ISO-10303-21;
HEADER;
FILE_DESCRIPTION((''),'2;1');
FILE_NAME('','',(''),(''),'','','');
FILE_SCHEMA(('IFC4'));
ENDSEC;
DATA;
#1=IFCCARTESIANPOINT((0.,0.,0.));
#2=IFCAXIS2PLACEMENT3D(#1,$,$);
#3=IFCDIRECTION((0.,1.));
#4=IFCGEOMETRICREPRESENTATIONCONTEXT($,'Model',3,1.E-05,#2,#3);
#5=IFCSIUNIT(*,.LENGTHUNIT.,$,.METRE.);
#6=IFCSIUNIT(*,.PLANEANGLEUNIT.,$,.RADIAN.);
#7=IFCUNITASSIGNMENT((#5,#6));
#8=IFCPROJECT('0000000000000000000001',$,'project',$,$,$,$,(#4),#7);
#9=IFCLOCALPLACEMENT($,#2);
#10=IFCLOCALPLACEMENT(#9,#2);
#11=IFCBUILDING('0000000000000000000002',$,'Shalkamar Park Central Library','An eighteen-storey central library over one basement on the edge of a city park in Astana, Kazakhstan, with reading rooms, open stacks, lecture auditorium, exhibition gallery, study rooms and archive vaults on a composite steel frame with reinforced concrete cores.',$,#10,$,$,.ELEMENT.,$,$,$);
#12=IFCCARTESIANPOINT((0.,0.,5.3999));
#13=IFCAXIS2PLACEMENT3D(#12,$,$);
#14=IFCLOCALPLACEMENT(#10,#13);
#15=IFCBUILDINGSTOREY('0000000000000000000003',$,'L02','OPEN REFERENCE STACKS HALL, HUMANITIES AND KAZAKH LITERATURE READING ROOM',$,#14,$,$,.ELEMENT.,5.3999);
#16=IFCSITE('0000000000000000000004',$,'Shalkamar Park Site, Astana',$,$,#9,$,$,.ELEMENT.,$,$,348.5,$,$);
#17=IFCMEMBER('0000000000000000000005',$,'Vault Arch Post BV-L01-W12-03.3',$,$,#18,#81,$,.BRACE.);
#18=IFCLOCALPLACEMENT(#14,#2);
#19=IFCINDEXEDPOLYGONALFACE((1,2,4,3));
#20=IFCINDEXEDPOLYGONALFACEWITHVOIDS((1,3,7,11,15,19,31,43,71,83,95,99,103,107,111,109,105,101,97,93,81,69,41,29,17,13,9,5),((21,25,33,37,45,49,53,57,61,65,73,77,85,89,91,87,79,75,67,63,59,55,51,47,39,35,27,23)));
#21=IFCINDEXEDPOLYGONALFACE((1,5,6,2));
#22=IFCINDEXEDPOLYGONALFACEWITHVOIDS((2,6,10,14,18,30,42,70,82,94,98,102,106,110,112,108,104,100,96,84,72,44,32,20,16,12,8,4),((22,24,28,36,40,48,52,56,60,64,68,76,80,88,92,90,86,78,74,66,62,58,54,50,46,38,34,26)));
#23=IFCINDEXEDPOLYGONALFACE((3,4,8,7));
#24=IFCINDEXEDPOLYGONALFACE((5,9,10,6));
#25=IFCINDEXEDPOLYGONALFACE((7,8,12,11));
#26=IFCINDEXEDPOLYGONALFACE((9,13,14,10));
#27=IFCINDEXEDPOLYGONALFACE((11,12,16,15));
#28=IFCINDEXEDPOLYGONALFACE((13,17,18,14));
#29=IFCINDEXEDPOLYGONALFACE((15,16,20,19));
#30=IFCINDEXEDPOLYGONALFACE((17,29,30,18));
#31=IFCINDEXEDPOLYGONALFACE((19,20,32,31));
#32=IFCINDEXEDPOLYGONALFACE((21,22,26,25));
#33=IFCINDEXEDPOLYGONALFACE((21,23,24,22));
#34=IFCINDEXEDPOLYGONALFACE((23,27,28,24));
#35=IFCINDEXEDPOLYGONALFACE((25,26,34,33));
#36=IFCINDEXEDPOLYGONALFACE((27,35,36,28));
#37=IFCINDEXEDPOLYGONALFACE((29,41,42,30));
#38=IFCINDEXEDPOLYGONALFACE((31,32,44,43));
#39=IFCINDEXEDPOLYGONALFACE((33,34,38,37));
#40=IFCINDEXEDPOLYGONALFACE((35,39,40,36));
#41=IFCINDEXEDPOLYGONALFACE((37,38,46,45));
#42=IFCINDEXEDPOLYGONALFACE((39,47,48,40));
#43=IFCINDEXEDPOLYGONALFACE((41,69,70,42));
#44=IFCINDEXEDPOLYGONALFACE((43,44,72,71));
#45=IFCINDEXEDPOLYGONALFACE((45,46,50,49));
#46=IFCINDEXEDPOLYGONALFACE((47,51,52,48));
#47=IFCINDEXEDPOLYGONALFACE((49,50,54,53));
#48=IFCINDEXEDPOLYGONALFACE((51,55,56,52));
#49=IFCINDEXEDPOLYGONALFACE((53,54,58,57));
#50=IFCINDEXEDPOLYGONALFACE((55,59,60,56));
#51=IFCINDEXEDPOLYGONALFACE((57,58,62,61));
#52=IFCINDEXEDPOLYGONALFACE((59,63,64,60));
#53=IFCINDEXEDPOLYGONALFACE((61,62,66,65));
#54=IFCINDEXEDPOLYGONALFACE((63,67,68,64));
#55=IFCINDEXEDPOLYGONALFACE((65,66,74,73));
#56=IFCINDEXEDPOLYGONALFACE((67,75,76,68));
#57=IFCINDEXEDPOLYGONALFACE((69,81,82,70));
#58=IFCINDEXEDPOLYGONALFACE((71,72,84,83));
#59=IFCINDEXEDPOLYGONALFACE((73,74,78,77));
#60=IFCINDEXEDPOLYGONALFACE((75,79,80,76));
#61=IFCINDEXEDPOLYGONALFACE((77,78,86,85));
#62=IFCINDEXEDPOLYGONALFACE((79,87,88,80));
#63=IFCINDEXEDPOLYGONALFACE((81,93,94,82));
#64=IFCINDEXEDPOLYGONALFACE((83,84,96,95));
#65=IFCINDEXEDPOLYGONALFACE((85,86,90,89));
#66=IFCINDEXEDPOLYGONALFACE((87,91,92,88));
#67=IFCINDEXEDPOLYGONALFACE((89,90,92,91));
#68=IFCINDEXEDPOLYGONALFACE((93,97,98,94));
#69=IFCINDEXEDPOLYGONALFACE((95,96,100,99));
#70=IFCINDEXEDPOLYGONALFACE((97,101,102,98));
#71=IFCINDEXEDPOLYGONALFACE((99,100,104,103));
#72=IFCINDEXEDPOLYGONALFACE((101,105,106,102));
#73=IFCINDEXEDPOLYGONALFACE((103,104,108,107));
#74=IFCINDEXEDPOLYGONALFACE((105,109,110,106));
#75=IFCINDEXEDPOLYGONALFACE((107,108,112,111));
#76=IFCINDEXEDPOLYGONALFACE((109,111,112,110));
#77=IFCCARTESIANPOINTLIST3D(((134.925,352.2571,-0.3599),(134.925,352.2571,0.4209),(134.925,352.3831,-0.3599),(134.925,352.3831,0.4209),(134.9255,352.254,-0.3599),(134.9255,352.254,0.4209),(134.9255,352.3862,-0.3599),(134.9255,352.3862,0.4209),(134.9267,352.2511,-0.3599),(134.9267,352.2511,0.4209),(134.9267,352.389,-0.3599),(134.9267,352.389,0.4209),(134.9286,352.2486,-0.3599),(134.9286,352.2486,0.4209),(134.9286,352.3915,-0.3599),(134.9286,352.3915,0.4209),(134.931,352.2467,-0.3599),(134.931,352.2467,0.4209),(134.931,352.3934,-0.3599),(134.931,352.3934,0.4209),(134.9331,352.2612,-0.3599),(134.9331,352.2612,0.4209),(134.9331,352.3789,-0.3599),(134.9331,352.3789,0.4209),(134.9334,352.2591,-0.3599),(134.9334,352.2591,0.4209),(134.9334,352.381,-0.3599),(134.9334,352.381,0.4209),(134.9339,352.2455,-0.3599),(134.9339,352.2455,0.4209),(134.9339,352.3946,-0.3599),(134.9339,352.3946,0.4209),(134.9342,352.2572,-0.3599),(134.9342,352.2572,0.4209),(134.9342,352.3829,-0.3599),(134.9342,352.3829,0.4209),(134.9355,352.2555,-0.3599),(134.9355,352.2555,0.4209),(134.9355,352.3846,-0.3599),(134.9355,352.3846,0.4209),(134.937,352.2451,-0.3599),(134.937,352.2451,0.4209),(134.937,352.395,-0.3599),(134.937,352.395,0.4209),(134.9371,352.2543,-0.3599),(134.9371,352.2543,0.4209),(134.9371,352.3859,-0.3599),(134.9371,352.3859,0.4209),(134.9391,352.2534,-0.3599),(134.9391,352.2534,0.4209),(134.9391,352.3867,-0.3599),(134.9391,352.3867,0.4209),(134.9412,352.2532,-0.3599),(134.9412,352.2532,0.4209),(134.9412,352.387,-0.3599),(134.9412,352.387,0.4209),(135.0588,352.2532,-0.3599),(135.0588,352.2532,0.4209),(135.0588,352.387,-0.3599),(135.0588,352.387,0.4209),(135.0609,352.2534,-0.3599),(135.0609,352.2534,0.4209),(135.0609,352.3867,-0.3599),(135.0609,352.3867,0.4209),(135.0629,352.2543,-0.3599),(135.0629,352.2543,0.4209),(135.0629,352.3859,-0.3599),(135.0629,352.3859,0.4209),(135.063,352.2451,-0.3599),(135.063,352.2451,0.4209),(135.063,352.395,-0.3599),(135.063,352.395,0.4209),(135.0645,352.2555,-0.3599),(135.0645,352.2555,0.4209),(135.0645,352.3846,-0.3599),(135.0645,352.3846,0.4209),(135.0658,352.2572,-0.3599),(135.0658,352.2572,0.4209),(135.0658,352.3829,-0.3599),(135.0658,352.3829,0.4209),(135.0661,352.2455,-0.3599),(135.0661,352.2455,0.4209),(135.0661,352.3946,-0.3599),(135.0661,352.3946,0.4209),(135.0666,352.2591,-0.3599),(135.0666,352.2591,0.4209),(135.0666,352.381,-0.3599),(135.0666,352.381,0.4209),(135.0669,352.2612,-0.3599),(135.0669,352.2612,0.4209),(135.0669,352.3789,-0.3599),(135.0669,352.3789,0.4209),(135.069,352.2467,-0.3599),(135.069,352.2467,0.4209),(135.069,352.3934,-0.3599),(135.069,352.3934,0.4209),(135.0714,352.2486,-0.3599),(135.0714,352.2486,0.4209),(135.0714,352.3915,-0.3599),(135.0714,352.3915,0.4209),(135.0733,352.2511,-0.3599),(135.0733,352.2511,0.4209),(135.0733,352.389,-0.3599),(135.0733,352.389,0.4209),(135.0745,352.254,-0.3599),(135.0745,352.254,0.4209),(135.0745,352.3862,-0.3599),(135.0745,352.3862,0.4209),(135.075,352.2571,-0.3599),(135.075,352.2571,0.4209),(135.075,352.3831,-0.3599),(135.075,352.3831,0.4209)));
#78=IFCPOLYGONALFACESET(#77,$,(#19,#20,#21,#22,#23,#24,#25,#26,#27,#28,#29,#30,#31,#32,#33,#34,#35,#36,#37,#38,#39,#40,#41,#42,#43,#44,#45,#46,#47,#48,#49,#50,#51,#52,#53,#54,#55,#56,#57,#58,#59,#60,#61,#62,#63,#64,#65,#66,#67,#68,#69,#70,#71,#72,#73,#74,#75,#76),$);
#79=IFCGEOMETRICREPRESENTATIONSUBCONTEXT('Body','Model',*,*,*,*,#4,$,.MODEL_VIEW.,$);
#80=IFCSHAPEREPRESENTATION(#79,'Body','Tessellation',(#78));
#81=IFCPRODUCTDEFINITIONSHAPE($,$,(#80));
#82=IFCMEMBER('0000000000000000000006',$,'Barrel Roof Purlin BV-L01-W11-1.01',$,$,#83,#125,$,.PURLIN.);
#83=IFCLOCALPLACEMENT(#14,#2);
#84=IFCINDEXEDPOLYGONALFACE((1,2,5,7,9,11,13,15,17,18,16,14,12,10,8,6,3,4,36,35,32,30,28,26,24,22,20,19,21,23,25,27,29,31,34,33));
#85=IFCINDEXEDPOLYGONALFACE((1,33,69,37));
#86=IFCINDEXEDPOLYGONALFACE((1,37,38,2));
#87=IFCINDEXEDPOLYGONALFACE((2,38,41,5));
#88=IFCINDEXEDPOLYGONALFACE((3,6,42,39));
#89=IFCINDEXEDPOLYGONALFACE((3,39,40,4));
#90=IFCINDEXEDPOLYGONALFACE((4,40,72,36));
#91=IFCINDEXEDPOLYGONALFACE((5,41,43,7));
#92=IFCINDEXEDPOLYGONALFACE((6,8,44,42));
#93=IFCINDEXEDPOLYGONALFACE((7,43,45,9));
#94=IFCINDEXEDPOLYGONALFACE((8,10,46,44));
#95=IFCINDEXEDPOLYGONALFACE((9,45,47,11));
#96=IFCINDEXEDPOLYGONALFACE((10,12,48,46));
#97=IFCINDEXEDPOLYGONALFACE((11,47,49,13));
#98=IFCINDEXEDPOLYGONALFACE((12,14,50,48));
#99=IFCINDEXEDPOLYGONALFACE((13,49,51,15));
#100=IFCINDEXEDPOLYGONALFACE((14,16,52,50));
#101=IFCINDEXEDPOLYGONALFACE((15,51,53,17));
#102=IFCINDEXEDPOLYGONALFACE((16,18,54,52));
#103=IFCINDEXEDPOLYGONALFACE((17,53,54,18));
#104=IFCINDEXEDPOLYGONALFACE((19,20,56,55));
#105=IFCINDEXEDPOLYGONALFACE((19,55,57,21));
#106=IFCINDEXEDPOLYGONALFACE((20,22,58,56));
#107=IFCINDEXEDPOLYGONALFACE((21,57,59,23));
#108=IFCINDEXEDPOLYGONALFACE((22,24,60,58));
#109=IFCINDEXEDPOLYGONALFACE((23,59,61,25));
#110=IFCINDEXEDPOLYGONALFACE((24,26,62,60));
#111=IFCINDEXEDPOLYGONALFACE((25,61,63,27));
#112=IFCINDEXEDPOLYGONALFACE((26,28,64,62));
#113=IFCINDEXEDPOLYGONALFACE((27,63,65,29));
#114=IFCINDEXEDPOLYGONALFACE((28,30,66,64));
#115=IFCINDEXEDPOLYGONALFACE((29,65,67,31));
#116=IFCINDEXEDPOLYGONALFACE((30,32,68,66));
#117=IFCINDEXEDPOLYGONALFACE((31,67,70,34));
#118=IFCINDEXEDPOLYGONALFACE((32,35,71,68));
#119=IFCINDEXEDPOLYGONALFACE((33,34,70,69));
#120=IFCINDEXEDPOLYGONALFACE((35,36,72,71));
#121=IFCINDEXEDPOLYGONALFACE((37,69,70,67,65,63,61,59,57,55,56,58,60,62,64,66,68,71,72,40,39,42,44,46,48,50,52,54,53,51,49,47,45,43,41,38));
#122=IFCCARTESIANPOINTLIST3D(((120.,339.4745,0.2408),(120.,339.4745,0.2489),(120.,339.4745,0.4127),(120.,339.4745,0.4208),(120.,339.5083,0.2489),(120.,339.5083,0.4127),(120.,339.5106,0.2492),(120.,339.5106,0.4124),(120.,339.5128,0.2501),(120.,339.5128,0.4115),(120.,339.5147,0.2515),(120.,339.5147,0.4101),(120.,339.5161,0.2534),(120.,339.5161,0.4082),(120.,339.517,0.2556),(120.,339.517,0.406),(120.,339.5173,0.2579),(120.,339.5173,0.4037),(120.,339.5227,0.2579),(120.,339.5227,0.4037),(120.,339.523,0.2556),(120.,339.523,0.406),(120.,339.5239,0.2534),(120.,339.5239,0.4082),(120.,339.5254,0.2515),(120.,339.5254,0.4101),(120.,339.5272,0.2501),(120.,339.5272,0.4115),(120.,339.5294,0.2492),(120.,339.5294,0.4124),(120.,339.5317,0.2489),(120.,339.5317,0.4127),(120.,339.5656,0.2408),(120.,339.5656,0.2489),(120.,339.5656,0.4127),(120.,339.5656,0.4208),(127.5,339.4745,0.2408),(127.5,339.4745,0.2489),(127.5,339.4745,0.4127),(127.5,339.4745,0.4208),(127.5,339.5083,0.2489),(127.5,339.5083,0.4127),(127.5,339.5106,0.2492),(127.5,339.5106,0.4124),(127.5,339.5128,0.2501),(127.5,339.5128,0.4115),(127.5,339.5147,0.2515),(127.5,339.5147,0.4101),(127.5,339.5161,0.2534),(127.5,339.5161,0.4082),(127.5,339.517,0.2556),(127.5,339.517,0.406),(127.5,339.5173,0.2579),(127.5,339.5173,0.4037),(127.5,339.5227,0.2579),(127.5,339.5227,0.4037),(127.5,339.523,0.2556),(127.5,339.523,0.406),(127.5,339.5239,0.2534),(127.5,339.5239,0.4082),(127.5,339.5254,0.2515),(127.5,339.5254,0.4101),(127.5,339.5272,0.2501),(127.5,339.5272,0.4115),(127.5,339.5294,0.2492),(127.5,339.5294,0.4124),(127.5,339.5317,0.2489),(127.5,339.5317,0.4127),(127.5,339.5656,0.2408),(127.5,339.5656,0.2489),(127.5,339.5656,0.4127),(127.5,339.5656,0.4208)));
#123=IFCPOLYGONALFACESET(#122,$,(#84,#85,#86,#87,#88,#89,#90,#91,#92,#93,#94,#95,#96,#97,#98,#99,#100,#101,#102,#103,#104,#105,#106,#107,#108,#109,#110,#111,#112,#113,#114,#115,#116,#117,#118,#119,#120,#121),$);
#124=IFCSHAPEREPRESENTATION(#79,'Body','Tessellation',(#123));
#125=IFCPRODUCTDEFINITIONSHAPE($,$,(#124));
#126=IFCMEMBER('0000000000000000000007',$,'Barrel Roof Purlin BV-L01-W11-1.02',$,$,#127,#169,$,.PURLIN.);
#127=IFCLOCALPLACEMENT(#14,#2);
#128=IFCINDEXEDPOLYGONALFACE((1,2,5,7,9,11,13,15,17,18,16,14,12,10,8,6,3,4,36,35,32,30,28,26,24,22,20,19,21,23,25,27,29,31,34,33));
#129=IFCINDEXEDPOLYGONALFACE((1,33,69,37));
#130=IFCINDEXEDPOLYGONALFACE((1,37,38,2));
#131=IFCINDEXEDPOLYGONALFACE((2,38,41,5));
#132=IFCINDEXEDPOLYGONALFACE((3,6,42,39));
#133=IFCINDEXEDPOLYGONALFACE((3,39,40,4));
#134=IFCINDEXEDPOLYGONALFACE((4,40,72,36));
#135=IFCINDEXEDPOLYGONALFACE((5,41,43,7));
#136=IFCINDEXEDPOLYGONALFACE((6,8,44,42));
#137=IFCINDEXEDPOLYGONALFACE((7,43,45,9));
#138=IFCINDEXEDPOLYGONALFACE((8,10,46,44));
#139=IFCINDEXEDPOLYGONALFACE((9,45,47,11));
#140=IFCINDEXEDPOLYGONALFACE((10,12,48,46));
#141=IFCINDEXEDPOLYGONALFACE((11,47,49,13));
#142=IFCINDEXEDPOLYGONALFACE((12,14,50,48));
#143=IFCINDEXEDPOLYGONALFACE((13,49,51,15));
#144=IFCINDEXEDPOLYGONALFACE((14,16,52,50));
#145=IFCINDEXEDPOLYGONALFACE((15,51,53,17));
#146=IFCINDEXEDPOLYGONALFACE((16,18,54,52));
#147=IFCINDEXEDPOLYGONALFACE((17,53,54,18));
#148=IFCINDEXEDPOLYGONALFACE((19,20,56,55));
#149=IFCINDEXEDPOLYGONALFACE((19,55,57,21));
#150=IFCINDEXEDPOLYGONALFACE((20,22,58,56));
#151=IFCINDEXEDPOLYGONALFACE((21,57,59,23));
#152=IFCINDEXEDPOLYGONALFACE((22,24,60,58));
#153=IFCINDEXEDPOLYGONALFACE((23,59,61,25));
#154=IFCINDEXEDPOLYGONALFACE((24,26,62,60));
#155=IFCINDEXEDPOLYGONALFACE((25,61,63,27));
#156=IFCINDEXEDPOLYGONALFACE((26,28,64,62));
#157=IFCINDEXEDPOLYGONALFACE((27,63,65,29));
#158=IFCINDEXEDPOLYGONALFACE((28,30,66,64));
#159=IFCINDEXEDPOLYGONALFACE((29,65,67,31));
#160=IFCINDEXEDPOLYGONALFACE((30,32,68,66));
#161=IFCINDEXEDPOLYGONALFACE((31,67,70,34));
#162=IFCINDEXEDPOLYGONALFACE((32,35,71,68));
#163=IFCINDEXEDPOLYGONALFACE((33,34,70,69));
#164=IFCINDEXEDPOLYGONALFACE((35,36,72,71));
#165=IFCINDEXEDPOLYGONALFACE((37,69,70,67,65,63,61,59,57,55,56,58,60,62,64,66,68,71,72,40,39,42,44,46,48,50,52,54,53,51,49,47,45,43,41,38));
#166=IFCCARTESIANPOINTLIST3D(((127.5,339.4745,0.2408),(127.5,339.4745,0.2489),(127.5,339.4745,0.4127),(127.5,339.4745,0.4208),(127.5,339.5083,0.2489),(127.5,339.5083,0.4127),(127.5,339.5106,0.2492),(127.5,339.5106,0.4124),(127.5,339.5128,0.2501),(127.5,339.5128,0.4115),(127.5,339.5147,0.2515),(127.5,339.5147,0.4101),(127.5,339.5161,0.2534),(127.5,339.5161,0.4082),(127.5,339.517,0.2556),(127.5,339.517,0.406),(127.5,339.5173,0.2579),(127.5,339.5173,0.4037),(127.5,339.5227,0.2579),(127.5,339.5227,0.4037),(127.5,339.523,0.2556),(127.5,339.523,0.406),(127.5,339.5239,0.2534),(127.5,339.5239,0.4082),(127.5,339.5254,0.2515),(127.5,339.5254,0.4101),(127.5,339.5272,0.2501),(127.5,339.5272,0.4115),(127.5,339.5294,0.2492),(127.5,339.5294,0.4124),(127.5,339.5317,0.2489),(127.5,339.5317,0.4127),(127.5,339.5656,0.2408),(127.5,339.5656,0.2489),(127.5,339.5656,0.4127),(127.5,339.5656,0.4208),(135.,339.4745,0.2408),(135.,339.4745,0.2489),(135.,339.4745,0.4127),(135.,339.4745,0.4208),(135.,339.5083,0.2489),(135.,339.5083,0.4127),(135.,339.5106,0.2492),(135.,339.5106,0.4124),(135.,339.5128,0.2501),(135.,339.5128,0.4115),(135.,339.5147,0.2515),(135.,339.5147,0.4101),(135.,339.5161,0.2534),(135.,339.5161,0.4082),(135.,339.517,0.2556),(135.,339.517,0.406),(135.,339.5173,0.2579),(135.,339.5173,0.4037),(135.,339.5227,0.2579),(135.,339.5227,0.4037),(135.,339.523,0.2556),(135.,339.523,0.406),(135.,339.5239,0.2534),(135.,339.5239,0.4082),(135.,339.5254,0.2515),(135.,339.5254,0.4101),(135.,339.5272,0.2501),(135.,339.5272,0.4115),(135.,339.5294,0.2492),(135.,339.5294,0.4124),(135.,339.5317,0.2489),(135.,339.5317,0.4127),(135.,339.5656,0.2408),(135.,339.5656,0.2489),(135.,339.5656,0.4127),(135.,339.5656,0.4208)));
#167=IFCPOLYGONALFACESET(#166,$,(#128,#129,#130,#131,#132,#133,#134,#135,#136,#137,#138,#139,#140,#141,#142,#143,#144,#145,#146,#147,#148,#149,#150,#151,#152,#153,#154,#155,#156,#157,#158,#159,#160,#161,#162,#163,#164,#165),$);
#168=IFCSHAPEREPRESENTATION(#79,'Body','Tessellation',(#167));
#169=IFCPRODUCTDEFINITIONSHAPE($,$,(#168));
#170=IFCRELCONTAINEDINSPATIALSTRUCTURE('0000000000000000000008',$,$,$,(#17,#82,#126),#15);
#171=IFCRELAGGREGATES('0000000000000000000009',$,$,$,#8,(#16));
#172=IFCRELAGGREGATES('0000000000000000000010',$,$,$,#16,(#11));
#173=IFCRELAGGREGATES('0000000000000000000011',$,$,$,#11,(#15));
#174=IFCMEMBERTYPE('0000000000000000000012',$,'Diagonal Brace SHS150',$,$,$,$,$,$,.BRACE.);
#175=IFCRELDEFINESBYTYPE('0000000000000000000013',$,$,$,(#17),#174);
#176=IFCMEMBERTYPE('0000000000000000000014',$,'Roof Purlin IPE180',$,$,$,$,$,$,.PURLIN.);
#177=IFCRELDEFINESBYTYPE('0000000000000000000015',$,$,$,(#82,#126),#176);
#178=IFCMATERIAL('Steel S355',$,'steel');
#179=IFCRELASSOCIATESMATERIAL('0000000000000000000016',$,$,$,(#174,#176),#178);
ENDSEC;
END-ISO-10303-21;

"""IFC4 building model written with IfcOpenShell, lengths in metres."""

from ifc_helpers import new_model, si_unit, direction, frame, origin, origin_2d, place, context, subcontext, project, spatial, hollow_rectangle, i_section, extrude, material, material_profile, profile_set, type_object, element, save


model = new_model("IFC4")

# Units and contexts
model_context = context("Model", 3, precision=1e-05, world=origin(), true_north=direction((0.0, 1.0)))
body_context = subcontext(model_context, "Body", "Model", "MODEL_VIEW")
ifc_project = project(units=[si_unit("LENGTHUNIT", "METRE"), si_unit("PLANEANGLEUNIT", "RADIAN")], contexts=[model_context])

# Site, building, storey
site_placement = place(None, origin())
site = spatial("IfcSite", under=ifc_project, at=site_placement, Name="Shalkamar Park Site, Astana", CompositionType="ELEMENT", RefElevation=348.5)
building_placement = place(site_placement, origin())
building = spatial("IfcBuilding", under=site, at=building_placement, Name="Shalkamar Park Central Library", Description="An eighteen-storey central library over one basement on the edge of a city park in Astana, Kazakhstan, with reading rooms, open stacks, lecture auditorium, exhibition gallery, study rooms and archive vaults on a composite steel frame with reinforced concrete cores.", CompositionType="ELEMENT")
storey_placement = place(building_placement, frame((0.0, 0.0, 5.3999)))
storey = spatial("IfcBuildingStorey", under=building, at=storey_placement, Name="L02", Description="OPEN REFERENCE STACKS HALL, HUMANITIES AND KAZAKH LITERATURE READING ROOM", CompositionType="ELEMENT", Elevation=5.3999)

# Members
ifc_material_1 = material(Name="Steel S355", Category="steel")
ifc_material_profile_1 = material_profile(ifc_material_1, hollow_rectangle(XDim=0.1499, YDim=0.1499, WallThickness=0.0081, InnerFilletRadius=0.0081, OuterFilletRadius=0.012, at=origin_2d()), Name="SHS 150x150x8")
ifc_profile_set_1 = profile_set([ifc_material_profile_1], Name="Steel S355")
member_type_1 = type_object("IfcMemberType", Name="Diagonal Brace SHS150", PredefinedType="BRACE", material=ifc_profile_set_1)
member_1_placement = place(storey_placement, frame((135.0, 352.3201, -0.3599), z_axis=(0.0, 0.0, 1.0), x_axis=(1.0, 0.0, 0.0)))
element("IfcMember", 1, at=member_1_placement, inside=storey, type_object=member_type_1, Name="Vault Arch Post BV-L01-W12-03.3", PredefinedType="BRACE", context=body_context, shape_type="SweptSolid", body=[
    extrude(hollow_rectangle(XDim=0.1499, YDim=0.1499, WallThickness=0.0081, InnerFilletRadius=0.0081, OuterFilletRadius=0.012, at=origin_2d()), origin(), (0.0, 0.0, 1.0), 0.7808),
])
ifc_material_profile_2 = material_profile(ifc_material_1, i_section(OverallWidth=0.0911, OverallDepth=0.1799, WebThickness=0.0054, FlangeThickness=0.0081, FilletRadius=0.009, at=origin_2d()), Name="IPE 180")
ifc_profile_set_2 = profile_set([ifc_material_profile_2], Name="Steel S355")
member_type_2 = type_object("IfcMemberType", Name="Roof Purlin IPE180", PredefinedType="PURLIN", material=ifc_profile_set_2)
for number, where, z_axis, x_axis, name in (
    (2, (120.0, 339.52, 0.3308), (1.0, 0.0, 0.0), (0.0, 1.0, 0.0), "Barrel Roof Purlin BV-L01-W11-1.01"),
    (3, (127.5, 339.52, 0.3308), (1.0, 0.0, 0.0), (0.0, 1.0, 0.0), "Barrel Roof Purlin BV-L01-W11-1.02"),
):
    element("IfcMember", number, at=place(storey_placement, frame(where, z_axis=z_axis, x_axis=x_axis)), inside=storey, type_object=member_type_2, Name=name, PredefinedType="PURLIN", context=body_context, shape_type="SweptSolid", body=[
        extrude(i_section(OverallWidth=0.0911, OverallDepth=0.1799, WebThickness=0.0054, FlangeThickness=0.0081, FilletRadius=0.009, at=origin_2d()), origin(), (0.0, 0.0, 1.0), 7.5),
    ])

save(model, "model.ifc")
